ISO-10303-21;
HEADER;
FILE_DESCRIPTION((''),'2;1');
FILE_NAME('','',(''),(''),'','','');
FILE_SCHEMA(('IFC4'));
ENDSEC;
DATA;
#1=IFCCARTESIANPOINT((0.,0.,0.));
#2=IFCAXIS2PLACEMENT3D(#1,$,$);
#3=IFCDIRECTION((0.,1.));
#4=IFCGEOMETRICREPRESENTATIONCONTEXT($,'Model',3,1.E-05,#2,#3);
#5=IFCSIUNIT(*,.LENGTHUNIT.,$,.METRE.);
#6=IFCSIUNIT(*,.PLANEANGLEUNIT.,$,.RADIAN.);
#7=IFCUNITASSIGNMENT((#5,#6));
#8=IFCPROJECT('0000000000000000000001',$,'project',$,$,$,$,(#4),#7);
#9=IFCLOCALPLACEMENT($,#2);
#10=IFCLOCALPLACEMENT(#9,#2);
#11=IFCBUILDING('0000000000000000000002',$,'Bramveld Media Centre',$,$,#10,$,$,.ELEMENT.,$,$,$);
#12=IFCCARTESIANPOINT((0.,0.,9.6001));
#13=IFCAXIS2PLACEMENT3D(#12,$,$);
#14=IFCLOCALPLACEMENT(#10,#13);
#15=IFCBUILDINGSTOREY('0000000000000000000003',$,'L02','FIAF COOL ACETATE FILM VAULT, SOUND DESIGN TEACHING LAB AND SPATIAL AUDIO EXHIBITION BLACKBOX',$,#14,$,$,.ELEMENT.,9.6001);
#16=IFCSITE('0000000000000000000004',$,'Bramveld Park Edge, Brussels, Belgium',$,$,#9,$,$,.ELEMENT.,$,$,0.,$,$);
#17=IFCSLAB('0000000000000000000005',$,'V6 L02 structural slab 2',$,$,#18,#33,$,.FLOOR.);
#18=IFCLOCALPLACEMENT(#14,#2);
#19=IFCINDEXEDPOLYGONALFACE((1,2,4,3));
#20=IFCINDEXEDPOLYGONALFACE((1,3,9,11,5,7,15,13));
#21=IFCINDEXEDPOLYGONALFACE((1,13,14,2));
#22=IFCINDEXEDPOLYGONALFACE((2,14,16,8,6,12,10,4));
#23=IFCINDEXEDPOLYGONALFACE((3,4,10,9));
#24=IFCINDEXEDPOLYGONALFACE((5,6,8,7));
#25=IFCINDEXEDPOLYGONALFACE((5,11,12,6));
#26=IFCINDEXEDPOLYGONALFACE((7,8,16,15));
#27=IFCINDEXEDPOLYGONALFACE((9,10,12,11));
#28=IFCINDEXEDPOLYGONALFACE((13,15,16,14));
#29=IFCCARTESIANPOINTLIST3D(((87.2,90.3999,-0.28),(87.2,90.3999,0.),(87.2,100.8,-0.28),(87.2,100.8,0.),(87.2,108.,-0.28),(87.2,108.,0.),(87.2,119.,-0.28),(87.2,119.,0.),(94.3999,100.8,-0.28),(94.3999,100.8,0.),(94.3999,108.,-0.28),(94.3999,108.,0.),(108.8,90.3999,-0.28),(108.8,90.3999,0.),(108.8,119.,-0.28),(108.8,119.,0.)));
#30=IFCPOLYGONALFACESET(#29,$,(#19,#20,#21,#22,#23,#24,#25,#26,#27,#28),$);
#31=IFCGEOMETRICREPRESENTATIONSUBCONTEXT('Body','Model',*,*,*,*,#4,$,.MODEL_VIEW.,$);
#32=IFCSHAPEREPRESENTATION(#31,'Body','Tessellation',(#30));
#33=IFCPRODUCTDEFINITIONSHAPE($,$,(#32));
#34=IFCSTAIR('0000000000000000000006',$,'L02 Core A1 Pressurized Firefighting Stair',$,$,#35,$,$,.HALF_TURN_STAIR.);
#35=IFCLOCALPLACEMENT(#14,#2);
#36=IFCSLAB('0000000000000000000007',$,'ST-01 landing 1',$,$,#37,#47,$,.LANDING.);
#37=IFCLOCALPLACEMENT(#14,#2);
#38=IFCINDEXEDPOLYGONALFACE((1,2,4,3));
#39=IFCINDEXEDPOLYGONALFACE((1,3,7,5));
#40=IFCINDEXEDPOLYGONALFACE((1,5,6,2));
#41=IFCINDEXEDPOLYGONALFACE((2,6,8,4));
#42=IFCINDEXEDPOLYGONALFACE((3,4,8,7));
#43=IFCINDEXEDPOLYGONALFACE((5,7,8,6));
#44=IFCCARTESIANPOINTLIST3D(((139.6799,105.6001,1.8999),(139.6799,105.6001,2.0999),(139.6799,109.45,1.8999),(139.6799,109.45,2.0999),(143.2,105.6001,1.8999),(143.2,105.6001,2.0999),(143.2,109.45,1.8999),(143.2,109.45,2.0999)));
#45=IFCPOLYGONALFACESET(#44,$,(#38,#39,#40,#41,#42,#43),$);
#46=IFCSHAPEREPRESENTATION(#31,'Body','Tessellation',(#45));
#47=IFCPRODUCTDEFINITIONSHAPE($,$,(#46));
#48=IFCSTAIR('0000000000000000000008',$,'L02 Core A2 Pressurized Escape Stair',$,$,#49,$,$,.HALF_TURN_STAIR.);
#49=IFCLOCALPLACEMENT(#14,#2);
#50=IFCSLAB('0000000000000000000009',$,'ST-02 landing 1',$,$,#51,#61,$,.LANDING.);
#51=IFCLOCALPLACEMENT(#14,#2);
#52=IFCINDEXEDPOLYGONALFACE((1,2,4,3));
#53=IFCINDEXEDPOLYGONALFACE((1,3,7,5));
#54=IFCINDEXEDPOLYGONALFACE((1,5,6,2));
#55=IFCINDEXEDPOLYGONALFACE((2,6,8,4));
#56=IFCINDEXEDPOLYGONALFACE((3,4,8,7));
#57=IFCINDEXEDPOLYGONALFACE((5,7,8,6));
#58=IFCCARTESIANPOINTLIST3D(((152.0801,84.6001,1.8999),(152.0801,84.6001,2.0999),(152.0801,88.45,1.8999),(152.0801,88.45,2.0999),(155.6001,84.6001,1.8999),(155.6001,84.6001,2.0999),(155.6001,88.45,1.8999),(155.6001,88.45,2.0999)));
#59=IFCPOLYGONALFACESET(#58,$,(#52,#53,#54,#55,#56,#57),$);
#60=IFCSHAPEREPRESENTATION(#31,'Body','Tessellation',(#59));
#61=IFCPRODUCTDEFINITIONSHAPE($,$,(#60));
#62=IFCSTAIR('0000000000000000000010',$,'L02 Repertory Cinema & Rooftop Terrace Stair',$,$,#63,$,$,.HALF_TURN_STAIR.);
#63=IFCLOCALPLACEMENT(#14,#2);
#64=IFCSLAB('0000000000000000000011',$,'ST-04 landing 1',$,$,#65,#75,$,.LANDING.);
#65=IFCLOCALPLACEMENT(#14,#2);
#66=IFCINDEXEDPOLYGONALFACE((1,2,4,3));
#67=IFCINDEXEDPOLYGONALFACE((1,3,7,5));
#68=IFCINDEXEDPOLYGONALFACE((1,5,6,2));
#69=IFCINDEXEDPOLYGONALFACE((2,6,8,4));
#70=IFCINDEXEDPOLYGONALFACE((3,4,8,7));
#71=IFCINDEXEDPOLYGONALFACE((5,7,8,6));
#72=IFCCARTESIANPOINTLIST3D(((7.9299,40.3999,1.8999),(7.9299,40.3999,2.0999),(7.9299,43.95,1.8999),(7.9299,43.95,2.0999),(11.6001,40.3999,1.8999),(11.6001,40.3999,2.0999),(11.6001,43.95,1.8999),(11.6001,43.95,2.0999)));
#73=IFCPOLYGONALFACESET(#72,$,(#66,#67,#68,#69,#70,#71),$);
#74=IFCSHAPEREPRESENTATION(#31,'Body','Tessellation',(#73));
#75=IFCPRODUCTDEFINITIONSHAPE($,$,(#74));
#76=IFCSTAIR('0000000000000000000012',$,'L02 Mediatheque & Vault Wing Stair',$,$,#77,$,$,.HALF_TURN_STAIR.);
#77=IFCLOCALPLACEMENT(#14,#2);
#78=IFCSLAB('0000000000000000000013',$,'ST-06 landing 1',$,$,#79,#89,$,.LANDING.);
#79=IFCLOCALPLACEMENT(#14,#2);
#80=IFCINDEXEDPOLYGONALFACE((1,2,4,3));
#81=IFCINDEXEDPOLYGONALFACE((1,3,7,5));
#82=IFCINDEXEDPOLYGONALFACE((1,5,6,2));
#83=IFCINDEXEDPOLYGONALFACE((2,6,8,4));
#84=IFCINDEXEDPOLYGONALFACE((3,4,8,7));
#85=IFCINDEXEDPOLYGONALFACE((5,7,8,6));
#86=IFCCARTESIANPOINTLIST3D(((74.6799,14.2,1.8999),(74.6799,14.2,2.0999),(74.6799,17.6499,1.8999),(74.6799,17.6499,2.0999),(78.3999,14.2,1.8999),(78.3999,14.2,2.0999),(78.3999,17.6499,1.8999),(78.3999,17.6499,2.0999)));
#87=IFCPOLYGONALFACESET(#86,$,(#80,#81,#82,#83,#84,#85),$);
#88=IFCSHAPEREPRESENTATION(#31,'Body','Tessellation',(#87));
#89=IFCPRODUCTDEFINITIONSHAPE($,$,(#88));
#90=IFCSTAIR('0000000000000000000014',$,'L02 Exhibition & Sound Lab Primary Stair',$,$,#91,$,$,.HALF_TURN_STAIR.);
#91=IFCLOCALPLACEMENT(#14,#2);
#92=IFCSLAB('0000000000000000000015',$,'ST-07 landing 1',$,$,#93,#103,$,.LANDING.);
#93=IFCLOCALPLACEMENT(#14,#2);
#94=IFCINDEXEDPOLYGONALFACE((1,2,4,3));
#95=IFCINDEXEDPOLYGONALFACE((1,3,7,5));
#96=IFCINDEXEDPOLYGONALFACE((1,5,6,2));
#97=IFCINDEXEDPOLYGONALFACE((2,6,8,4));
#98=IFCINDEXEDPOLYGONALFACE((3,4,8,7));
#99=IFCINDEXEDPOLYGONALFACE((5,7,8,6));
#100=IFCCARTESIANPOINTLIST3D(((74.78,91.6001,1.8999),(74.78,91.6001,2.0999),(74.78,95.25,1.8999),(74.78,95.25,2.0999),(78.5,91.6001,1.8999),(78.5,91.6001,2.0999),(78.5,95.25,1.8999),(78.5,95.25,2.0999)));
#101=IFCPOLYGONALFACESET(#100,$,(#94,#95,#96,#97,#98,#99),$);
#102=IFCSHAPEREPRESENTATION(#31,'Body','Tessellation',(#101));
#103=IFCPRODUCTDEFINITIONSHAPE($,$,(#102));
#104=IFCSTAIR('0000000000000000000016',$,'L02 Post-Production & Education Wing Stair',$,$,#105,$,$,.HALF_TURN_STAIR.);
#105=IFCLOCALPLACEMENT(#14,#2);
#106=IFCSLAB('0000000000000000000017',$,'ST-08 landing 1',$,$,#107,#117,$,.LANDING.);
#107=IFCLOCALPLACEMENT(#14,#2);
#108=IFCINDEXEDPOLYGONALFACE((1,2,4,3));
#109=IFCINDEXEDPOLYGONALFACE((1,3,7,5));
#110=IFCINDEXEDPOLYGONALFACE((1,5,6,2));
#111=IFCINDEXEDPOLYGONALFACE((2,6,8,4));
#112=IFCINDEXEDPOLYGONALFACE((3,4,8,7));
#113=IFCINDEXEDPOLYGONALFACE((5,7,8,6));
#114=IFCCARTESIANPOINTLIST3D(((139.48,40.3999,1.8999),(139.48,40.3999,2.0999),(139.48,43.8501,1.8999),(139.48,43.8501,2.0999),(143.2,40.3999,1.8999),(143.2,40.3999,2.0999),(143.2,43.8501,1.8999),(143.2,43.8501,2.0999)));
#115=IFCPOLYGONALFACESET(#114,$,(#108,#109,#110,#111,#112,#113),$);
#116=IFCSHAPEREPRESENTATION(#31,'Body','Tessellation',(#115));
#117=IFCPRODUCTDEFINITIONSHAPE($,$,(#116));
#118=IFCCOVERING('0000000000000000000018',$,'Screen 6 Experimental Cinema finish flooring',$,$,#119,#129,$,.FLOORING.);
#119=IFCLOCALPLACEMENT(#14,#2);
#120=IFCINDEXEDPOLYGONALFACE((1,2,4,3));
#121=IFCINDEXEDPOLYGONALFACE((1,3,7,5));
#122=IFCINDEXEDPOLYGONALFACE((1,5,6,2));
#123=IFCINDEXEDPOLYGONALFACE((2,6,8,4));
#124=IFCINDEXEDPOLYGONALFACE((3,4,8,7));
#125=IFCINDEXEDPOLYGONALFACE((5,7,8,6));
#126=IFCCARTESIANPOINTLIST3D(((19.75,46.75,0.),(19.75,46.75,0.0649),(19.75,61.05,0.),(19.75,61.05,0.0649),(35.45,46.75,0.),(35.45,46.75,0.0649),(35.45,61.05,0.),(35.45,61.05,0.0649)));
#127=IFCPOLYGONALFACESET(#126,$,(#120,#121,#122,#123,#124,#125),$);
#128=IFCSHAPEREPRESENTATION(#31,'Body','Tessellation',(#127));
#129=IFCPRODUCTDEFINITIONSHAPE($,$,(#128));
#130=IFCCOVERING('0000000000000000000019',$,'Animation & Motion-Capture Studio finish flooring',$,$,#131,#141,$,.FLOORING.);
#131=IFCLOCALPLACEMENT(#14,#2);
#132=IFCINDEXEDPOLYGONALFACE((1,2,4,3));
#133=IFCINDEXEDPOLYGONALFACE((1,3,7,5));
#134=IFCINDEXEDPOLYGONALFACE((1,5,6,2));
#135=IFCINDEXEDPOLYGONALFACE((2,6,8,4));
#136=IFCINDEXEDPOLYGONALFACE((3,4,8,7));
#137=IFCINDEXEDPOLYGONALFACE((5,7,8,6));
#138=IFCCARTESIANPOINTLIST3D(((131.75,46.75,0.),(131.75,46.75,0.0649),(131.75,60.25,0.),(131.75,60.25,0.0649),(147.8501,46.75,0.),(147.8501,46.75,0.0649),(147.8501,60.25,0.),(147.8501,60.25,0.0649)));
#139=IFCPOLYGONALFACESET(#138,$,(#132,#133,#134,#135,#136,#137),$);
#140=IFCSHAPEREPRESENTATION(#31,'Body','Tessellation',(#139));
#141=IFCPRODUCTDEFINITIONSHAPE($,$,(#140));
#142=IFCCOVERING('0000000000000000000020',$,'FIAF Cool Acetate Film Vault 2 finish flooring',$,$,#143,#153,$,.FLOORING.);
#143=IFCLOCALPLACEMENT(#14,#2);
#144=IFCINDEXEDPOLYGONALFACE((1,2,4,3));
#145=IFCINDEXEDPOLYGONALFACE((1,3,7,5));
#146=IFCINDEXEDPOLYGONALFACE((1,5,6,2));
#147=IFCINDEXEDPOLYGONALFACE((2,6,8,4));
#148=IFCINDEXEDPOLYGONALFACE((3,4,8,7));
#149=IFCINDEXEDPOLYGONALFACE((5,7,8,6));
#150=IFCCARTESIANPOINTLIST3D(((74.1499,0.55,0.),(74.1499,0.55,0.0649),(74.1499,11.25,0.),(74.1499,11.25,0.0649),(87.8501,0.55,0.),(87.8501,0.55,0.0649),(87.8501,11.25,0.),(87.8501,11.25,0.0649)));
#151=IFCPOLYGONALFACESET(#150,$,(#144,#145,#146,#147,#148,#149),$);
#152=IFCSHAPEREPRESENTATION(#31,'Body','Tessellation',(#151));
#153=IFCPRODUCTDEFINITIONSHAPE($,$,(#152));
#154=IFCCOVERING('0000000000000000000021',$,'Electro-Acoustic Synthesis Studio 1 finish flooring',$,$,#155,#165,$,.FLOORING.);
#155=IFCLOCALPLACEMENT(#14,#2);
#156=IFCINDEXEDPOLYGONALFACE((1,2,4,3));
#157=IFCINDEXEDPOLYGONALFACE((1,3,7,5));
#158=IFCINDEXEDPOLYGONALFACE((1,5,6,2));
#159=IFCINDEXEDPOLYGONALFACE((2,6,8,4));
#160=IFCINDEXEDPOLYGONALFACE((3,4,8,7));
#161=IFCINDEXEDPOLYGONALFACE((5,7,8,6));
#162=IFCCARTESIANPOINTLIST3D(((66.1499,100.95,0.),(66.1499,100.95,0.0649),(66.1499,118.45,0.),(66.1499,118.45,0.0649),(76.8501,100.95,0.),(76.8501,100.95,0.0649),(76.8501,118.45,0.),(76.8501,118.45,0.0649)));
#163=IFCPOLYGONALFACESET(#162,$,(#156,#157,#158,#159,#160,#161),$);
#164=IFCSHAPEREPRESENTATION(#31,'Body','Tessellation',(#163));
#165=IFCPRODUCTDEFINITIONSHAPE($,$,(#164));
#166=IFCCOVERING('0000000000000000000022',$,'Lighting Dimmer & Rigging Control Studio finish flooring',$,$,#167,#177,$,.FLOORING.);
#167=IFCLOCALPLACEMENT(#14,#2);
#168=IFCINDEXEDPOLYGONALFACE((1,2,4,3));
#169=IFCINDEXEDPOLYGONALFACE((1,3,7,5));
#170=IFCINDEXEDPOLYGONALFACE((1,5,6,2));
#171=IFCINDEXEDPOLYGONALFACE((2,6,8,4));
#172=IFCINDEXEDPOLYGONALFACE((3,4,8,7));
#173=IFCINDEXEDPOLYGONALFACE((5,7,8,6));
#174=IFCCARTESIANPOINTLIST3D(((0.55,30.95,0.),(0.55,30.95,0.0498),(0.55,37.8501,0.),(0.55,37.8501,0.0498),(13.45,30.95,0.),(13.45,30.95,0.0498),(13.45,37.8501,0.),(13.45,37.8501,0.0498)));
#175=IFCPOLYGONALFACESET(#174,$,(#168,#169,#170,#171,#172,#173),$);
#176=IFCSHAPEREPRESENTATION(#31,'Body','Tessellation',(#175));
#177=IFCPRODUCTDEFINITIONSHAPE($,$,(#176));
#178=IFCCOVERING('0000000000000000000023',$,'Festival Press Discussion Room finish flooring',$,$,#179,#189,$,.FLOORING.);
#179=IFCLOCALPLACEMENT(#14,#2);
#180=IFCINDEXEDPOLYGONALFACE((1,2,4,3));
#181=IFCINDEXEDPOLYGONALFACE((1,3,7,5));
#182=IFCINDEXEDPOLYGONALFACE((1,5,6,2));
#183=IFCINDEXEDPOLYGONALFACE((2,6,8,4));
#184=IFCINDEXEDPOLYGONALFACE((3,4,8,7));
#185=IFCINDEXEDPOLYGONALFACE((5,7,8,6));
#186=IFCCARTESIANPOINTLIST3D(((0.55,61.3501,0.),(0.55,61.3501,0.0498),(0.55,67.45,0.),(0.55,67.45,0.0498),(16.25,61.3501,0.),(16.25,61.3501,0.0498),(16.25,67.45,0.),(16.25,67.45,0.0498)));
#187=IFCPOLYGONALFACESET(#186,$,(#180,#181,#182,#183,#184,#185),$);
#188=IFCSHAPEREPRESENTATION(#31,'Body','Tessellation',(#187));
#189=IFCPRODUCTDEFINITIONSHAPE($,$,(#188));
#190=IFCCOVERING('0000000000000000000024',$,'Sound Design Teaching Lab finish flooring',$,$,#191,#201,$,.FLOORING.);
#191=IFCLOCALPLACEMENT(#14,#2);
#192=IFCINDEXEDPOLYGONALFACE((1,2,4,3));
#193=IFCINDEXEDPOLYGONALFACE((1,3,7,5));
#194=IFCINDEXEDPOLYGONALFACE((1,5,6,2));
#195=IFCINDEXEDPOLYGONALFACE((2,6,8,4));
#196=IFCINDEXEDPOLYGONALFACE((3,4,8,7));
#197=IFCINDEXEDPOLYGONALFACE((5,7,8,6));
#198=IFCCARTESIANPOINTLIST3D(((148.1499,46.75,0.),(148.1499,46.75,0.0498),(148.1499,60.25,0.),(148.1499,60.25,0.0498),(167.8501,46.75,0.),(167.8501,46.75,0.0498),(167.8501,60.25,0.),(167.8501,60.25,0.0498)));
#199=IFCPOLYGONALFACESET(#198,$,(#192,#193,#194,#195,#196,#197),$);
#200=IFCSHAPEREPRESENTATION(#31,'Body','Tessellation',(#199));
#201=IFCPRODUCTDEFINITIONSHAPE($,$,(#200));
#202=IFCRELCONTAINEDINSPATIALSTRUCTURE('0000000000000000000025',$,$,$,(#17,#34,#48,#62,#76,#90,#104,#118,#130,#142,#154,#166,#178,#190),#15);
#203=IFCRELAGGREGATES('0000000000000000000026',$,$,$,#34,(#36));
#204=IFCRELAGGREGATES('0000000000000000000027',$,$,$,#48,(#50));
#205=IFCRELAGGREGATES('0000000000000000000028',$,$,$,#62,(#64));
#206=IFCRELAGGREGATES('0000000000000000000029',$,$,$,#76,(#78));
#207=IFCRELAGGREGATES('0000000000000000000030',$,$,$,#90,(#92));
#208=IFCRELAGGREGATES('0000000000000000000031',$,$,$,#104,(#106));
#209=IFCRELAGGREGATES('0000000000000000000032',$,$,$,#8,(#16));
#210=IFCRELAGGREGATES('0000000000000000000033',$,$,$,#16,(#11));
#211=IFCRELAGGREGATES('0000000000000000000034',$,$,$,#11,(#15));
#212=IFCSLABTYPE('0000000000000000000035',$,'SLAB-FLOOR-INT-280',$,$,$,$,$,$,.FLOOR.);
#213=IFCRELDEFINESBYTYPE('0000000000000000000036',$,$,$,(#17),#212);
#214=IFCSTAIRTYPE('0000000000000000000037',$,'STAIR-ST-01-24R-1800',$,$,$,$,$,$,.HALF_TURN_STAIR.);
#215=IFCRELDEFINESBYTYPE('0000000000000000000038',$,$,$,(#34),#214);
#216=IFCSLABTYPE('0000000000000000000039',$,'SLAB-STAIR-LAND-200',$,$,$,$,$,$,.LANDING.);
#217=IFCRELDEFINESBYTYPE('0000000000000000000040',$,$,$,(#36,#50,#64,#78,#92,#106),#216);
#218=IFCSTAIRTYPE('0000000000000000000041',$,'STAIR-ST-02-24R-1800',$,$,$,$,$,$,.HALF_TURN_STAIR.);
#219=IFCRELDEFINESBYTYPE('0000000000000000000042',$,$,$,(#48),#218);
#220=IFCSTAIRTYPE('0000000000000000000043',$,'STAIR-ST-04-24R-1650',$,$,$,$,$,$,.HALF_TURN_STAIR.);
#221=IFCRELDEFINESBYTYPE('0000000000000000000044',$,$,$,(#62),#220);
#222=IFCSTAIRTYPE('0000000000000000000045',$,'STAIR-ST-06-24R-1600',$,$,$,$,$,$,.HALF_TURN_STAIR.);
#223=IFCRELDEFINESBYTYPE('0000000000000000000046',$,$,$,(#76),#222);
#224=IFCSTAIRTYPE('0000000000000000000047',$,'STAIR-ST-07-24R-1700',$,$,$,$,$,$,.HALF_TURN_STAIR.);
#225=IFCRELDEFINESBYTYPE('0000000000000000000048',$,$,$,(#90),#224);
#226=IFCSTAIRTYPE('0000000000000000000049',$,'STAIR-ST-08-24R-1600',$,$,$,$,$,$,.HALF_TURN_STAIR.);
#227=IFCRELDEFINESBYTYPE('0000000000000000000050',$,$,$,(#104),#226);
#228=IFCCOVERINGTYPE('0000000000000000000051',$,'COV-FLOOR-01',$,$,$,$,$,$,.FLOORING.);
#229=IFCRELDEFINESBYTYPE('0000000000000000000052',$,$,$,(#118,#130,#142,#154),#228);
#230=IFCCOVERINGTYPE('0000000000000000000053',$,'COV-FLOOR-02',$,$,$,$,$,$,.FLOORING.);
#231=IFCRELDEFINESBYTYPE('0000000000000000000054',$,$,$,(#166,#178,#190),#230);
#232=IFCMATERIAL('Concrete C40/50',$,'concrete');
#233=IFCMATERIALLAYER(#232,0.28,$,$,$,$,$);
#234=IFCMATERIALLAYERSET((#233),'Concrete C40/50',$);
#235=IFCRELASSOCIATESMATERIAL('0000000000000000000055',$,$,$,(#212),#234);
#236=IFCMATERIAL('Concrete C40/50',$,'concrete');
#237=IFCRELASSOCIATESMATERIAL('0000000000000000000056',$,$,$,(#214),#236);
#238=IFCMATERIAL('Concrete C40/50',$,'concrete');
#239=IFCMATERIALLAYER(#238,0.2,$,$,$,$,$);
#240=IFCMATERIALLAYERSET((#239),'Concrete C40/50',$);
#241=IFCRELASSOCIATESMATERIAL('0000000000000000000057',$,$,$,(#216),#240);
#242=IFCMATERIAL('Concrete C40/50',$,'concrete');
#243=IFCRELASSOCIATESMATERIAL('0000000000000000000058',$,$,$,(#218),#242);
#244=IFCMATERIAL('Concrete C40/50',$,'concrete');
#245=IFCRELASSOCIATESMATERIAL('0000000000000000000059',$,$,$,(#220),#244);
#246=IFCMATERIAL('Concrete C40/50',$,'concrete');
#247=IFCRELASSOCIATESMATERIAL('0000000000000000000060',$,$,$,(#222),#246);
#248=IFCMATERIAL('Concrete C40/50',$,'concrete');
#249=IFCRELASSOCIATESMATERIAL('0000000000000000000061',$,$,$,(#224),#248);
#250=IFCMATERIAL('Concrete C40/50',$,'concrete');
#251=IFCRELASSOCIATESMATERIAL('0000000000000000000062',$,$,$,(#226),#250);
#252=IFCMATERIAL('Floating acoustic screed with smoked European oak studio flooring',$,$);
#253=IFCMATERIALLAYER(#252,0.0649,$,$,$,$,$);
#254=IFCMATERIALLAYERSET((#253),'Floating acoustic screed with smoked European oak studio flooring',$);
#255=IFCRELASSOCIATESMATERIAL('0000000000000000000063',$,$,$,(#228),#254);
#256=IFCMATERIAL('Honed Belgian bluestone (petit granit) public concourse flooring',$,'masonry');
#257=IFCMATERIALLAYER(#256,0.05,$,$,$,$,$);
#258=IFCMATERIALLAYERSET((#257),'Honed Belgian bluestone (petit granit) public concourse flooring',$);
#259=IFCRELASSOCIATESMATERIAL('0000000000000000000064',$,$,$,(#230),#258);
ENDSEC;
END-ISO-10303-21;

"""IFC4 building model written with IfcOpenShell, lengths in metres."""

from ifc_helpers import new_model, si_unit, direction, frame, origin, place, context, subcontext, project, spatial, polyline, outline, extrude, material, layer, layer_set, type_object, element, aggregate, save


model = new_model("IFC4")

# Units and contexts
model_context = context("Model", 3, precision=1e-05, world=origin(), true_north=direction((0.0, 1.0)))
body_context = subcontext(model_context, "Body", "Model", "MODEL_VIEW")
ifc_project = project(units=[si_unit("LENGTHUNIT", "METRE"), si_unit("PLANEANGLEUNIT", "RADIAN")], contexts=[model_context])

# Site, building, storey
site_placement = place(None, origin())
site = spatial("IfcSite", under=ifc_project, at=site_placement, Name="Bramveld Park Edge, Brussels, Belgium", CompositionType="ELEMENT", RefElevation=0.0)
building_placement = place(site_placement, origin())
building = spatial("IfcBuilding", under=site, at=building_placement, Name="Bramveld Media Centre", CompositionType="ELEMENT")
storey_placement = place(building_placement, frame((0.0, 0.0, 9.6001)))
storey = spatial("IfcBuildingStorey", under=building, at=storey_placement, Name="L02", Description="FIAF COOL ACETATE FILM VAULT, SOUND DESIGN TEACHING LAB AND SPATIAL AUDIO EXHIBITION BLACKBOX", CompositionType="ELEMENT", Elevation=9.6001)

# Slab
ifc_material_1 = material(Name="Concrete C40/50", Category="concrete")
ifc_layer_1 = layer(ifc_material_1, 0.28)
ifc_layer_set_1 = layer_set([ifc_layer_1], Name="Concrete C40/50")
slab_type_1 = type_object("IfcSlabType", Name="SLAB-FLOOR-INT-280", PredefinedType="FLOOR", material=ifc_layer_set_1)
slab_1_placement = place(storey_placement, frame((0.0, 0.0, -0.28)))
element("IfcSlab", 1, at=slab_1_placement, inside=storey, type_object=slab_type_1, Name="V6 L02 structural slab 2", PredefinedType="FLOOR", context=body_context, shape_type="SweptSolid", body=[
    extrude(outline(polyline([(108.8, 90.3999), (87.2, 90.3999), (87.2, 100.8), (94.3999, 100.8), (94.3999, 108.0), (87.2, 108.0), (87.2, 119.0), (108.8, 119.0), (108.8, 90.3999)])), origin(), (0.0, 0.0, 1.0), 0.28),
])

# Stairs, slabs
ifc_material_2 = material(Name="Concrete C40/50", Category="concrete")
stair_type_1 = type_object("IfcStairType", Name="STAIR-ST-01-24R-1800", PredefinedType="HALF_TURN_STAIR", material=ifc_material_2)
stair_1_placement = place(storey_placement, origin())
stair_1 = element("IfcStair", 2, at=stair_1_placement, inside=storey, type_object=stair_type_1, Name="L02 Core A1 Pressurized Firefighting Stair", PredefinedType="HALF_TURN_STAIR")
ifc_material_3 = material(Name="Concrete C40/50", Category="concrete")
ifc_layer_2 = layer(ifc_material_3, 0.2)
ifc_layer_set_2 = layer_set([ifc_layer_2], Name="Concrete C40/50")
slab_type_2 = type_object("IfcSlabType", Name="SLAB-STAIR-LAND-200", PredefinedType="LANDING", material=ifc_layer_set_2)
slab_2_placement = place(storey_placement, frame((0.0, 0.0, 1.8999)))
slab_2 = element("IfcSlab", 3, at=slab_2_placement, type_object=slab_type_2, Name="ST-01 landing 1", PredefinedType="LANDING", context=body_context, shape_type="SweptSolid", body=[
    extrude(outline(polyline([(139.6799, 105.6001), (143.2, 105.6001), (143.2, 109.45), (139.6799, 109.45), (139.6799, 105.6001)])), origin(), (0.0, 0.0, 1.0), 0.2),
])
aggregate(stair_1, [slab_2])
ifc_material_4 = material(Name="Concrete C40/50", Category="concrete")
stair_type_2 = type_object("IfcStairType", Name="STAIR-ST-02-24R-1800", PredefinedType="HALF_TURN_STAIR", material=ifc_material_4)
stair_2_placement = place(storey_placement, origin())
stair_2 = element("IfcStair", 4, at=stair_2_placement, inside=storey, type_object=stair_type_2, Name="L02 Core A2 Pressurized Escape Stair", PredefinedType="HALF_TURN_STAIR")
slab_3_placement = place(storey_placement, frame((0.0, 0.0, 1.8999)))
slab_3 = element("IfcSlab", 5, at=slab_3_placement, type_object=slab_type_2, Name="ST-02 landing 1", PredefinedType="LANDING", context=body_context, shape_type="SweptSolid", body=[
    extrude(outline(polyline([(152.0801, 84.6001), (155.6001, 84.6001), (155.6001, 88.45), (152.0801, 88.45), (152.0801, 84.6001)])), origin(), (0.0, 0.0, 1.0), 0.2),
])
aggregate(stair_2, [slab_3])
ifc_material_5 = material(Name="Concrete C40/50", Category="concrete")
stair_type_3 = type_object("IfcStairType", Name="STAIR-ST-04-24R-1650", PredefinedType="HALF_TURN_STAIR", material=ifc_material_5)
stair_3_placement = place(storey_placement, origin())
stair_3 = element("IfcStair", 6, at=stair_3_placement, inside=storey, type_object=stair_type_3, Name="L02 Repertory Cinema & Rooftop Terrace Stair", PredefinedType="HALF_TURN_STAIR")
slab_4_placement = place(storey_placement, frame((0.0, 0.0, 1.8999)))
slab_4 = element("IfcSlab", 7, at=slab_4_placement, type_object=slab_type_2, Name="ST-04 landing 1", PredefinedType="LANDING", context=body_context, shape_type="SweptSolid", body=[
    extrude(outline(polyline([(7.9299, 40.3999), (11.6001, 40.3999), (11.6001, 43.95), (7.9299, 43.95), (7.9299, 40.3999)])), origin(), (0.0, 0.0, 1.0), 0.2),
])
aggregate(stair_3, [slab_4])
ifc_material_6 = material(Name="Concrete C40/50", Category="concrete")
stair_type_4 = type_object("IfcStairType", Name="STAIR-ST-06-24R-1600", PredefinedType="HALF_TURN_STAIR", material=ifc_material_6)
stair_4_placement = place(storey_placement, origin())
stair_4 = element("IfcStair", 8, at=stair_4_placement, inside=storey, type_object=stair_type_4, Name="L02 Mediatheque & Vault Wing Stair", PredefinedType="HALF_TURN_STAIR")
slab_5_placement = place(storey_placement, frame((0.0, 0.0, 1.8999)))
slab_5 = element("IfcSlab", 9, at=slab_5_placement, type_object=slab_type_2, Name="ST-06 landing 1", PredefinedType="LANDING", context=body_context, shape_type="SweptSolid", body=[
    extrude(outline(polyline([(74.6799, 14.2), (78.3999, 14.2), (78.3999, 17.6499), (74.6799, 17.6499), (74.6799, 14.2)])), origin(), (0.0, 0.0, 1.0), 0.2),
])
aggregate(stair_4, [slab_5])
ifc_material_7 = material(Name="Concrete C40/50", Category="concrete")
stair_type_5 = type_object("IfcStairType", Name="STAIR-ST-07-24R-1700", PredefinedType="HALF_TURN_STAIR", material=ifc_material_7)
stair_5_placement = place(storey_placement, origin())
stair_5 = element("IfcStair", 10, at=stair_5_placement, inside=storey, type_object=stair_type_5, Name="L02 Exhibition & Sound Lab Primary Stair", PredefinedType="HALF_TURN_STAIR")
slab_6_placement = place(storey_placement, frame((0.0, 0.0, 1.8999)))
slab_6 = element("IfcSlab", 11, at=slab_6_placement, type_object=slab_type_2, Name="ST-07 landing 1", PredefinedType="LANDING", context=body_context, shape_type="SweptSolid", body=[
    extrude(outline(polyline([(74.78, 91.6001), (78.5, 91.6001), (78.5, 95.25), (74.78, 95.25), (74.78, 91.6001)])), origin(), (0.0, 0.0, 1.0), 0.2),
])
aggregate(stair_5, [slab_6])
ifc_material_8 = material(Name="Concrete C40/50", Category="concrete")
stair_type_6 = type_object("IfcStairType", Name="STAIR-ST-08-24R-1600", PredefinedType="HALF_TURN_STAIR", material=ifc_material_8)
stair_6_placement = place(storey_placement, origin())
stair_6 = element("IfcStair", 12, at=stair_6_placement, inside=storey, type_object=stair_type_6, Name="L02 Post-Production & Education Wing Stair", PredefinedType="HALF_TURN_STAIR")
slab_7_placement = place(storey_placement, frame((0.0, 0.0, 1.8999)))
slab_7 = element("IfcSlab", 13, at=slab_7_placement, type_object=slab_type_2, Name="ST-08 landing 1", PredefinedType="LANDING", context=body_context, shape_type="SweptSolid", body=[
    extrude(outline(polyline([(139.48, 40.3999), (143.2, 40.3999), (143.2, 43.8501), (139.48, 43.8501), (139.48, 40.3999)])), origin(), (0.0, 0.0, 1.0), 0.2),
])
aggregate(stair_6, [slab_7])

# Coverings
ifc_material_9 = material(Name="Floating acoustic screed with smoked European oak studio flooring")
ifc_layer_3 = layer(ifc_material_9, 0.0649)
ifc_layer_set_3 = layer_set([ifc_layer_3], Name="Floating acoustic screed with smoked European oak studio flooring")
covering_type_1 = type_object("IfcCoveringType", Name="COV-FLOOR-01", PredefinedType="FLOORING", material=ifc_layer_set_3)
covering_1_placement = place(storey_placement, origin())
element("IfcCovering", 14, at=covering_1_placement, inside=storey, type_object=covering_type_1, Name="Screen 6 Experimental Cinema finish flooring", PredefinedType="FLOORING", context=body_context, shape_type="SweptSolid", body=[
    extrude(outline(polyline([(19.75, 46.75), (35.45, 46.75), (35.45, 61.05), (19.75, 61.05), (19.75, 46.75)])), origin(), (0.0, 0.0, 1.0), 0.0649),
])
covering_2_placement = place(storey_placement, origin())
element("IfcCovering", 15, at=covering_2_placement, inside=storey, type_object=covering_type_1, Name="Animation & Motion-Capture Studio finish flooring", PredefinedType="FLOORING", context=body_context, shape_type="SweptSolid", body=[
    extrude(outline(polyline([(131.75, 46.75), (147.8501, 46.75), (147.8501, 60.25), (131.75, 60.25), (131.75, 46.75)])), origin(), (0.0, 0.0, 1.0), 0.0649),
])
covering_3_placement = place(storey_placement, origin())
element("IfcCovering", 16, at=covering_3_placement, inside=storey, type_object=covering_type_1, Name="FIAF Cool Acetate Film Vault 2 finish flooring", PredefinedType="FLOORING", context=body_context, shape_type="SweptSolid", body=[
    extrude(outline(polyline([(74.1499, 0.55), (87.8501, 0.55), (87.8501, 11.25), (74.1499, 11.25), (74.1499, 0.55)])), origin(), (0.0, 0.0, 1.0), 0.0649),
])
covering_4_placement = place(storey_placement, origin())
element("IfcCovering", 17, at=covering_4_placement, inside=storey, type_object=covering_type_1, Name="Electro-Acoustic Synthesis Studio 1 finish flooring", PredefinedType="FLOORING", context=body_context, shape_type="SweptSolid", body=[
    extrude(outline(polyline([(66.1499, 100.95), (76.8501, 100.95), (76.8501, 118.45), (66.1499, 118.45), (66.1499, 100.95)])), origin(), (0.0, 0.0, 1.0), 0.0649),
])
ifc_material_10 = material(Name="Honed Belgian bluestone (petit granit) public concourse flooring", Category="masonry")
ifc_layer_4 = layer(ifc_material_10, 0.05)
ifc_layer_set_4 = layer_set([ifc_layer_4], Name="Honed Belgian bluestone (petit granit) public concourse flooring")
covering_type_2 = type_object("IfcCoveringType", Name="COV-FLOOR-02", PredefinedType="FLOORING", material=ifc_layer_set_4)
covering_5_placement = place(storey_placement, origin())
element("IfcCovering", 18, at=covering_5_placement, inside=storey, type_object=covering_type_2, Name="Lighting Dimmer & Rigging Control Studio finish flooring", PredefinedType="FLOORING", context=body_context, shape_type="SweptSolid", body=[
    extrude(outline(polyline([(0.55, 30.95), (13.45, 30.95), (13.45, 37.8501), (0.55, 37.8501), (0.55, 30.95)])), origin(), (0.0, 0.0, 1.0), 0.0498),
])
covering_6_placement = place(storey_placement, origin())
element("IfcCovering", 19, at=covering_6_placement, inside=storey, type_object=covering_type_2, Name="Festival Press Discussion Room finish flooring", PredefinedType="FLOORING", context=body_context, shape_type="SweptSolid", body=[
    extrude(outline(polyline([(0.55, 61.3501), (16.25, 61.3501), (16.25, 67.45), (0.55, 67.45), (0.55, 61.3501)])), origin(), (0.0, 0.0, 1.0), 0.0498),
])
covering_7_placement = place(storey_placement, origin())
element("IfcCovering", 20, at=covering_7_placement, inside=storey, type_object=covering_type_2, Name="Sound Design Teaching Lab finish flooring", PredefinedType="FLOORING", context=body_context, shape_type="SweptSolid", body=[
    extrude(outline(polyline([(148.1499, 46.75), (167.8501, 46.75), (167.8501, 60.25), (148.1499, 60.25), (148.1499, 46.75)])), origin(), (0.0, 0.0, 1.0), 0.0498),
])

save(model, "model.ifc")
